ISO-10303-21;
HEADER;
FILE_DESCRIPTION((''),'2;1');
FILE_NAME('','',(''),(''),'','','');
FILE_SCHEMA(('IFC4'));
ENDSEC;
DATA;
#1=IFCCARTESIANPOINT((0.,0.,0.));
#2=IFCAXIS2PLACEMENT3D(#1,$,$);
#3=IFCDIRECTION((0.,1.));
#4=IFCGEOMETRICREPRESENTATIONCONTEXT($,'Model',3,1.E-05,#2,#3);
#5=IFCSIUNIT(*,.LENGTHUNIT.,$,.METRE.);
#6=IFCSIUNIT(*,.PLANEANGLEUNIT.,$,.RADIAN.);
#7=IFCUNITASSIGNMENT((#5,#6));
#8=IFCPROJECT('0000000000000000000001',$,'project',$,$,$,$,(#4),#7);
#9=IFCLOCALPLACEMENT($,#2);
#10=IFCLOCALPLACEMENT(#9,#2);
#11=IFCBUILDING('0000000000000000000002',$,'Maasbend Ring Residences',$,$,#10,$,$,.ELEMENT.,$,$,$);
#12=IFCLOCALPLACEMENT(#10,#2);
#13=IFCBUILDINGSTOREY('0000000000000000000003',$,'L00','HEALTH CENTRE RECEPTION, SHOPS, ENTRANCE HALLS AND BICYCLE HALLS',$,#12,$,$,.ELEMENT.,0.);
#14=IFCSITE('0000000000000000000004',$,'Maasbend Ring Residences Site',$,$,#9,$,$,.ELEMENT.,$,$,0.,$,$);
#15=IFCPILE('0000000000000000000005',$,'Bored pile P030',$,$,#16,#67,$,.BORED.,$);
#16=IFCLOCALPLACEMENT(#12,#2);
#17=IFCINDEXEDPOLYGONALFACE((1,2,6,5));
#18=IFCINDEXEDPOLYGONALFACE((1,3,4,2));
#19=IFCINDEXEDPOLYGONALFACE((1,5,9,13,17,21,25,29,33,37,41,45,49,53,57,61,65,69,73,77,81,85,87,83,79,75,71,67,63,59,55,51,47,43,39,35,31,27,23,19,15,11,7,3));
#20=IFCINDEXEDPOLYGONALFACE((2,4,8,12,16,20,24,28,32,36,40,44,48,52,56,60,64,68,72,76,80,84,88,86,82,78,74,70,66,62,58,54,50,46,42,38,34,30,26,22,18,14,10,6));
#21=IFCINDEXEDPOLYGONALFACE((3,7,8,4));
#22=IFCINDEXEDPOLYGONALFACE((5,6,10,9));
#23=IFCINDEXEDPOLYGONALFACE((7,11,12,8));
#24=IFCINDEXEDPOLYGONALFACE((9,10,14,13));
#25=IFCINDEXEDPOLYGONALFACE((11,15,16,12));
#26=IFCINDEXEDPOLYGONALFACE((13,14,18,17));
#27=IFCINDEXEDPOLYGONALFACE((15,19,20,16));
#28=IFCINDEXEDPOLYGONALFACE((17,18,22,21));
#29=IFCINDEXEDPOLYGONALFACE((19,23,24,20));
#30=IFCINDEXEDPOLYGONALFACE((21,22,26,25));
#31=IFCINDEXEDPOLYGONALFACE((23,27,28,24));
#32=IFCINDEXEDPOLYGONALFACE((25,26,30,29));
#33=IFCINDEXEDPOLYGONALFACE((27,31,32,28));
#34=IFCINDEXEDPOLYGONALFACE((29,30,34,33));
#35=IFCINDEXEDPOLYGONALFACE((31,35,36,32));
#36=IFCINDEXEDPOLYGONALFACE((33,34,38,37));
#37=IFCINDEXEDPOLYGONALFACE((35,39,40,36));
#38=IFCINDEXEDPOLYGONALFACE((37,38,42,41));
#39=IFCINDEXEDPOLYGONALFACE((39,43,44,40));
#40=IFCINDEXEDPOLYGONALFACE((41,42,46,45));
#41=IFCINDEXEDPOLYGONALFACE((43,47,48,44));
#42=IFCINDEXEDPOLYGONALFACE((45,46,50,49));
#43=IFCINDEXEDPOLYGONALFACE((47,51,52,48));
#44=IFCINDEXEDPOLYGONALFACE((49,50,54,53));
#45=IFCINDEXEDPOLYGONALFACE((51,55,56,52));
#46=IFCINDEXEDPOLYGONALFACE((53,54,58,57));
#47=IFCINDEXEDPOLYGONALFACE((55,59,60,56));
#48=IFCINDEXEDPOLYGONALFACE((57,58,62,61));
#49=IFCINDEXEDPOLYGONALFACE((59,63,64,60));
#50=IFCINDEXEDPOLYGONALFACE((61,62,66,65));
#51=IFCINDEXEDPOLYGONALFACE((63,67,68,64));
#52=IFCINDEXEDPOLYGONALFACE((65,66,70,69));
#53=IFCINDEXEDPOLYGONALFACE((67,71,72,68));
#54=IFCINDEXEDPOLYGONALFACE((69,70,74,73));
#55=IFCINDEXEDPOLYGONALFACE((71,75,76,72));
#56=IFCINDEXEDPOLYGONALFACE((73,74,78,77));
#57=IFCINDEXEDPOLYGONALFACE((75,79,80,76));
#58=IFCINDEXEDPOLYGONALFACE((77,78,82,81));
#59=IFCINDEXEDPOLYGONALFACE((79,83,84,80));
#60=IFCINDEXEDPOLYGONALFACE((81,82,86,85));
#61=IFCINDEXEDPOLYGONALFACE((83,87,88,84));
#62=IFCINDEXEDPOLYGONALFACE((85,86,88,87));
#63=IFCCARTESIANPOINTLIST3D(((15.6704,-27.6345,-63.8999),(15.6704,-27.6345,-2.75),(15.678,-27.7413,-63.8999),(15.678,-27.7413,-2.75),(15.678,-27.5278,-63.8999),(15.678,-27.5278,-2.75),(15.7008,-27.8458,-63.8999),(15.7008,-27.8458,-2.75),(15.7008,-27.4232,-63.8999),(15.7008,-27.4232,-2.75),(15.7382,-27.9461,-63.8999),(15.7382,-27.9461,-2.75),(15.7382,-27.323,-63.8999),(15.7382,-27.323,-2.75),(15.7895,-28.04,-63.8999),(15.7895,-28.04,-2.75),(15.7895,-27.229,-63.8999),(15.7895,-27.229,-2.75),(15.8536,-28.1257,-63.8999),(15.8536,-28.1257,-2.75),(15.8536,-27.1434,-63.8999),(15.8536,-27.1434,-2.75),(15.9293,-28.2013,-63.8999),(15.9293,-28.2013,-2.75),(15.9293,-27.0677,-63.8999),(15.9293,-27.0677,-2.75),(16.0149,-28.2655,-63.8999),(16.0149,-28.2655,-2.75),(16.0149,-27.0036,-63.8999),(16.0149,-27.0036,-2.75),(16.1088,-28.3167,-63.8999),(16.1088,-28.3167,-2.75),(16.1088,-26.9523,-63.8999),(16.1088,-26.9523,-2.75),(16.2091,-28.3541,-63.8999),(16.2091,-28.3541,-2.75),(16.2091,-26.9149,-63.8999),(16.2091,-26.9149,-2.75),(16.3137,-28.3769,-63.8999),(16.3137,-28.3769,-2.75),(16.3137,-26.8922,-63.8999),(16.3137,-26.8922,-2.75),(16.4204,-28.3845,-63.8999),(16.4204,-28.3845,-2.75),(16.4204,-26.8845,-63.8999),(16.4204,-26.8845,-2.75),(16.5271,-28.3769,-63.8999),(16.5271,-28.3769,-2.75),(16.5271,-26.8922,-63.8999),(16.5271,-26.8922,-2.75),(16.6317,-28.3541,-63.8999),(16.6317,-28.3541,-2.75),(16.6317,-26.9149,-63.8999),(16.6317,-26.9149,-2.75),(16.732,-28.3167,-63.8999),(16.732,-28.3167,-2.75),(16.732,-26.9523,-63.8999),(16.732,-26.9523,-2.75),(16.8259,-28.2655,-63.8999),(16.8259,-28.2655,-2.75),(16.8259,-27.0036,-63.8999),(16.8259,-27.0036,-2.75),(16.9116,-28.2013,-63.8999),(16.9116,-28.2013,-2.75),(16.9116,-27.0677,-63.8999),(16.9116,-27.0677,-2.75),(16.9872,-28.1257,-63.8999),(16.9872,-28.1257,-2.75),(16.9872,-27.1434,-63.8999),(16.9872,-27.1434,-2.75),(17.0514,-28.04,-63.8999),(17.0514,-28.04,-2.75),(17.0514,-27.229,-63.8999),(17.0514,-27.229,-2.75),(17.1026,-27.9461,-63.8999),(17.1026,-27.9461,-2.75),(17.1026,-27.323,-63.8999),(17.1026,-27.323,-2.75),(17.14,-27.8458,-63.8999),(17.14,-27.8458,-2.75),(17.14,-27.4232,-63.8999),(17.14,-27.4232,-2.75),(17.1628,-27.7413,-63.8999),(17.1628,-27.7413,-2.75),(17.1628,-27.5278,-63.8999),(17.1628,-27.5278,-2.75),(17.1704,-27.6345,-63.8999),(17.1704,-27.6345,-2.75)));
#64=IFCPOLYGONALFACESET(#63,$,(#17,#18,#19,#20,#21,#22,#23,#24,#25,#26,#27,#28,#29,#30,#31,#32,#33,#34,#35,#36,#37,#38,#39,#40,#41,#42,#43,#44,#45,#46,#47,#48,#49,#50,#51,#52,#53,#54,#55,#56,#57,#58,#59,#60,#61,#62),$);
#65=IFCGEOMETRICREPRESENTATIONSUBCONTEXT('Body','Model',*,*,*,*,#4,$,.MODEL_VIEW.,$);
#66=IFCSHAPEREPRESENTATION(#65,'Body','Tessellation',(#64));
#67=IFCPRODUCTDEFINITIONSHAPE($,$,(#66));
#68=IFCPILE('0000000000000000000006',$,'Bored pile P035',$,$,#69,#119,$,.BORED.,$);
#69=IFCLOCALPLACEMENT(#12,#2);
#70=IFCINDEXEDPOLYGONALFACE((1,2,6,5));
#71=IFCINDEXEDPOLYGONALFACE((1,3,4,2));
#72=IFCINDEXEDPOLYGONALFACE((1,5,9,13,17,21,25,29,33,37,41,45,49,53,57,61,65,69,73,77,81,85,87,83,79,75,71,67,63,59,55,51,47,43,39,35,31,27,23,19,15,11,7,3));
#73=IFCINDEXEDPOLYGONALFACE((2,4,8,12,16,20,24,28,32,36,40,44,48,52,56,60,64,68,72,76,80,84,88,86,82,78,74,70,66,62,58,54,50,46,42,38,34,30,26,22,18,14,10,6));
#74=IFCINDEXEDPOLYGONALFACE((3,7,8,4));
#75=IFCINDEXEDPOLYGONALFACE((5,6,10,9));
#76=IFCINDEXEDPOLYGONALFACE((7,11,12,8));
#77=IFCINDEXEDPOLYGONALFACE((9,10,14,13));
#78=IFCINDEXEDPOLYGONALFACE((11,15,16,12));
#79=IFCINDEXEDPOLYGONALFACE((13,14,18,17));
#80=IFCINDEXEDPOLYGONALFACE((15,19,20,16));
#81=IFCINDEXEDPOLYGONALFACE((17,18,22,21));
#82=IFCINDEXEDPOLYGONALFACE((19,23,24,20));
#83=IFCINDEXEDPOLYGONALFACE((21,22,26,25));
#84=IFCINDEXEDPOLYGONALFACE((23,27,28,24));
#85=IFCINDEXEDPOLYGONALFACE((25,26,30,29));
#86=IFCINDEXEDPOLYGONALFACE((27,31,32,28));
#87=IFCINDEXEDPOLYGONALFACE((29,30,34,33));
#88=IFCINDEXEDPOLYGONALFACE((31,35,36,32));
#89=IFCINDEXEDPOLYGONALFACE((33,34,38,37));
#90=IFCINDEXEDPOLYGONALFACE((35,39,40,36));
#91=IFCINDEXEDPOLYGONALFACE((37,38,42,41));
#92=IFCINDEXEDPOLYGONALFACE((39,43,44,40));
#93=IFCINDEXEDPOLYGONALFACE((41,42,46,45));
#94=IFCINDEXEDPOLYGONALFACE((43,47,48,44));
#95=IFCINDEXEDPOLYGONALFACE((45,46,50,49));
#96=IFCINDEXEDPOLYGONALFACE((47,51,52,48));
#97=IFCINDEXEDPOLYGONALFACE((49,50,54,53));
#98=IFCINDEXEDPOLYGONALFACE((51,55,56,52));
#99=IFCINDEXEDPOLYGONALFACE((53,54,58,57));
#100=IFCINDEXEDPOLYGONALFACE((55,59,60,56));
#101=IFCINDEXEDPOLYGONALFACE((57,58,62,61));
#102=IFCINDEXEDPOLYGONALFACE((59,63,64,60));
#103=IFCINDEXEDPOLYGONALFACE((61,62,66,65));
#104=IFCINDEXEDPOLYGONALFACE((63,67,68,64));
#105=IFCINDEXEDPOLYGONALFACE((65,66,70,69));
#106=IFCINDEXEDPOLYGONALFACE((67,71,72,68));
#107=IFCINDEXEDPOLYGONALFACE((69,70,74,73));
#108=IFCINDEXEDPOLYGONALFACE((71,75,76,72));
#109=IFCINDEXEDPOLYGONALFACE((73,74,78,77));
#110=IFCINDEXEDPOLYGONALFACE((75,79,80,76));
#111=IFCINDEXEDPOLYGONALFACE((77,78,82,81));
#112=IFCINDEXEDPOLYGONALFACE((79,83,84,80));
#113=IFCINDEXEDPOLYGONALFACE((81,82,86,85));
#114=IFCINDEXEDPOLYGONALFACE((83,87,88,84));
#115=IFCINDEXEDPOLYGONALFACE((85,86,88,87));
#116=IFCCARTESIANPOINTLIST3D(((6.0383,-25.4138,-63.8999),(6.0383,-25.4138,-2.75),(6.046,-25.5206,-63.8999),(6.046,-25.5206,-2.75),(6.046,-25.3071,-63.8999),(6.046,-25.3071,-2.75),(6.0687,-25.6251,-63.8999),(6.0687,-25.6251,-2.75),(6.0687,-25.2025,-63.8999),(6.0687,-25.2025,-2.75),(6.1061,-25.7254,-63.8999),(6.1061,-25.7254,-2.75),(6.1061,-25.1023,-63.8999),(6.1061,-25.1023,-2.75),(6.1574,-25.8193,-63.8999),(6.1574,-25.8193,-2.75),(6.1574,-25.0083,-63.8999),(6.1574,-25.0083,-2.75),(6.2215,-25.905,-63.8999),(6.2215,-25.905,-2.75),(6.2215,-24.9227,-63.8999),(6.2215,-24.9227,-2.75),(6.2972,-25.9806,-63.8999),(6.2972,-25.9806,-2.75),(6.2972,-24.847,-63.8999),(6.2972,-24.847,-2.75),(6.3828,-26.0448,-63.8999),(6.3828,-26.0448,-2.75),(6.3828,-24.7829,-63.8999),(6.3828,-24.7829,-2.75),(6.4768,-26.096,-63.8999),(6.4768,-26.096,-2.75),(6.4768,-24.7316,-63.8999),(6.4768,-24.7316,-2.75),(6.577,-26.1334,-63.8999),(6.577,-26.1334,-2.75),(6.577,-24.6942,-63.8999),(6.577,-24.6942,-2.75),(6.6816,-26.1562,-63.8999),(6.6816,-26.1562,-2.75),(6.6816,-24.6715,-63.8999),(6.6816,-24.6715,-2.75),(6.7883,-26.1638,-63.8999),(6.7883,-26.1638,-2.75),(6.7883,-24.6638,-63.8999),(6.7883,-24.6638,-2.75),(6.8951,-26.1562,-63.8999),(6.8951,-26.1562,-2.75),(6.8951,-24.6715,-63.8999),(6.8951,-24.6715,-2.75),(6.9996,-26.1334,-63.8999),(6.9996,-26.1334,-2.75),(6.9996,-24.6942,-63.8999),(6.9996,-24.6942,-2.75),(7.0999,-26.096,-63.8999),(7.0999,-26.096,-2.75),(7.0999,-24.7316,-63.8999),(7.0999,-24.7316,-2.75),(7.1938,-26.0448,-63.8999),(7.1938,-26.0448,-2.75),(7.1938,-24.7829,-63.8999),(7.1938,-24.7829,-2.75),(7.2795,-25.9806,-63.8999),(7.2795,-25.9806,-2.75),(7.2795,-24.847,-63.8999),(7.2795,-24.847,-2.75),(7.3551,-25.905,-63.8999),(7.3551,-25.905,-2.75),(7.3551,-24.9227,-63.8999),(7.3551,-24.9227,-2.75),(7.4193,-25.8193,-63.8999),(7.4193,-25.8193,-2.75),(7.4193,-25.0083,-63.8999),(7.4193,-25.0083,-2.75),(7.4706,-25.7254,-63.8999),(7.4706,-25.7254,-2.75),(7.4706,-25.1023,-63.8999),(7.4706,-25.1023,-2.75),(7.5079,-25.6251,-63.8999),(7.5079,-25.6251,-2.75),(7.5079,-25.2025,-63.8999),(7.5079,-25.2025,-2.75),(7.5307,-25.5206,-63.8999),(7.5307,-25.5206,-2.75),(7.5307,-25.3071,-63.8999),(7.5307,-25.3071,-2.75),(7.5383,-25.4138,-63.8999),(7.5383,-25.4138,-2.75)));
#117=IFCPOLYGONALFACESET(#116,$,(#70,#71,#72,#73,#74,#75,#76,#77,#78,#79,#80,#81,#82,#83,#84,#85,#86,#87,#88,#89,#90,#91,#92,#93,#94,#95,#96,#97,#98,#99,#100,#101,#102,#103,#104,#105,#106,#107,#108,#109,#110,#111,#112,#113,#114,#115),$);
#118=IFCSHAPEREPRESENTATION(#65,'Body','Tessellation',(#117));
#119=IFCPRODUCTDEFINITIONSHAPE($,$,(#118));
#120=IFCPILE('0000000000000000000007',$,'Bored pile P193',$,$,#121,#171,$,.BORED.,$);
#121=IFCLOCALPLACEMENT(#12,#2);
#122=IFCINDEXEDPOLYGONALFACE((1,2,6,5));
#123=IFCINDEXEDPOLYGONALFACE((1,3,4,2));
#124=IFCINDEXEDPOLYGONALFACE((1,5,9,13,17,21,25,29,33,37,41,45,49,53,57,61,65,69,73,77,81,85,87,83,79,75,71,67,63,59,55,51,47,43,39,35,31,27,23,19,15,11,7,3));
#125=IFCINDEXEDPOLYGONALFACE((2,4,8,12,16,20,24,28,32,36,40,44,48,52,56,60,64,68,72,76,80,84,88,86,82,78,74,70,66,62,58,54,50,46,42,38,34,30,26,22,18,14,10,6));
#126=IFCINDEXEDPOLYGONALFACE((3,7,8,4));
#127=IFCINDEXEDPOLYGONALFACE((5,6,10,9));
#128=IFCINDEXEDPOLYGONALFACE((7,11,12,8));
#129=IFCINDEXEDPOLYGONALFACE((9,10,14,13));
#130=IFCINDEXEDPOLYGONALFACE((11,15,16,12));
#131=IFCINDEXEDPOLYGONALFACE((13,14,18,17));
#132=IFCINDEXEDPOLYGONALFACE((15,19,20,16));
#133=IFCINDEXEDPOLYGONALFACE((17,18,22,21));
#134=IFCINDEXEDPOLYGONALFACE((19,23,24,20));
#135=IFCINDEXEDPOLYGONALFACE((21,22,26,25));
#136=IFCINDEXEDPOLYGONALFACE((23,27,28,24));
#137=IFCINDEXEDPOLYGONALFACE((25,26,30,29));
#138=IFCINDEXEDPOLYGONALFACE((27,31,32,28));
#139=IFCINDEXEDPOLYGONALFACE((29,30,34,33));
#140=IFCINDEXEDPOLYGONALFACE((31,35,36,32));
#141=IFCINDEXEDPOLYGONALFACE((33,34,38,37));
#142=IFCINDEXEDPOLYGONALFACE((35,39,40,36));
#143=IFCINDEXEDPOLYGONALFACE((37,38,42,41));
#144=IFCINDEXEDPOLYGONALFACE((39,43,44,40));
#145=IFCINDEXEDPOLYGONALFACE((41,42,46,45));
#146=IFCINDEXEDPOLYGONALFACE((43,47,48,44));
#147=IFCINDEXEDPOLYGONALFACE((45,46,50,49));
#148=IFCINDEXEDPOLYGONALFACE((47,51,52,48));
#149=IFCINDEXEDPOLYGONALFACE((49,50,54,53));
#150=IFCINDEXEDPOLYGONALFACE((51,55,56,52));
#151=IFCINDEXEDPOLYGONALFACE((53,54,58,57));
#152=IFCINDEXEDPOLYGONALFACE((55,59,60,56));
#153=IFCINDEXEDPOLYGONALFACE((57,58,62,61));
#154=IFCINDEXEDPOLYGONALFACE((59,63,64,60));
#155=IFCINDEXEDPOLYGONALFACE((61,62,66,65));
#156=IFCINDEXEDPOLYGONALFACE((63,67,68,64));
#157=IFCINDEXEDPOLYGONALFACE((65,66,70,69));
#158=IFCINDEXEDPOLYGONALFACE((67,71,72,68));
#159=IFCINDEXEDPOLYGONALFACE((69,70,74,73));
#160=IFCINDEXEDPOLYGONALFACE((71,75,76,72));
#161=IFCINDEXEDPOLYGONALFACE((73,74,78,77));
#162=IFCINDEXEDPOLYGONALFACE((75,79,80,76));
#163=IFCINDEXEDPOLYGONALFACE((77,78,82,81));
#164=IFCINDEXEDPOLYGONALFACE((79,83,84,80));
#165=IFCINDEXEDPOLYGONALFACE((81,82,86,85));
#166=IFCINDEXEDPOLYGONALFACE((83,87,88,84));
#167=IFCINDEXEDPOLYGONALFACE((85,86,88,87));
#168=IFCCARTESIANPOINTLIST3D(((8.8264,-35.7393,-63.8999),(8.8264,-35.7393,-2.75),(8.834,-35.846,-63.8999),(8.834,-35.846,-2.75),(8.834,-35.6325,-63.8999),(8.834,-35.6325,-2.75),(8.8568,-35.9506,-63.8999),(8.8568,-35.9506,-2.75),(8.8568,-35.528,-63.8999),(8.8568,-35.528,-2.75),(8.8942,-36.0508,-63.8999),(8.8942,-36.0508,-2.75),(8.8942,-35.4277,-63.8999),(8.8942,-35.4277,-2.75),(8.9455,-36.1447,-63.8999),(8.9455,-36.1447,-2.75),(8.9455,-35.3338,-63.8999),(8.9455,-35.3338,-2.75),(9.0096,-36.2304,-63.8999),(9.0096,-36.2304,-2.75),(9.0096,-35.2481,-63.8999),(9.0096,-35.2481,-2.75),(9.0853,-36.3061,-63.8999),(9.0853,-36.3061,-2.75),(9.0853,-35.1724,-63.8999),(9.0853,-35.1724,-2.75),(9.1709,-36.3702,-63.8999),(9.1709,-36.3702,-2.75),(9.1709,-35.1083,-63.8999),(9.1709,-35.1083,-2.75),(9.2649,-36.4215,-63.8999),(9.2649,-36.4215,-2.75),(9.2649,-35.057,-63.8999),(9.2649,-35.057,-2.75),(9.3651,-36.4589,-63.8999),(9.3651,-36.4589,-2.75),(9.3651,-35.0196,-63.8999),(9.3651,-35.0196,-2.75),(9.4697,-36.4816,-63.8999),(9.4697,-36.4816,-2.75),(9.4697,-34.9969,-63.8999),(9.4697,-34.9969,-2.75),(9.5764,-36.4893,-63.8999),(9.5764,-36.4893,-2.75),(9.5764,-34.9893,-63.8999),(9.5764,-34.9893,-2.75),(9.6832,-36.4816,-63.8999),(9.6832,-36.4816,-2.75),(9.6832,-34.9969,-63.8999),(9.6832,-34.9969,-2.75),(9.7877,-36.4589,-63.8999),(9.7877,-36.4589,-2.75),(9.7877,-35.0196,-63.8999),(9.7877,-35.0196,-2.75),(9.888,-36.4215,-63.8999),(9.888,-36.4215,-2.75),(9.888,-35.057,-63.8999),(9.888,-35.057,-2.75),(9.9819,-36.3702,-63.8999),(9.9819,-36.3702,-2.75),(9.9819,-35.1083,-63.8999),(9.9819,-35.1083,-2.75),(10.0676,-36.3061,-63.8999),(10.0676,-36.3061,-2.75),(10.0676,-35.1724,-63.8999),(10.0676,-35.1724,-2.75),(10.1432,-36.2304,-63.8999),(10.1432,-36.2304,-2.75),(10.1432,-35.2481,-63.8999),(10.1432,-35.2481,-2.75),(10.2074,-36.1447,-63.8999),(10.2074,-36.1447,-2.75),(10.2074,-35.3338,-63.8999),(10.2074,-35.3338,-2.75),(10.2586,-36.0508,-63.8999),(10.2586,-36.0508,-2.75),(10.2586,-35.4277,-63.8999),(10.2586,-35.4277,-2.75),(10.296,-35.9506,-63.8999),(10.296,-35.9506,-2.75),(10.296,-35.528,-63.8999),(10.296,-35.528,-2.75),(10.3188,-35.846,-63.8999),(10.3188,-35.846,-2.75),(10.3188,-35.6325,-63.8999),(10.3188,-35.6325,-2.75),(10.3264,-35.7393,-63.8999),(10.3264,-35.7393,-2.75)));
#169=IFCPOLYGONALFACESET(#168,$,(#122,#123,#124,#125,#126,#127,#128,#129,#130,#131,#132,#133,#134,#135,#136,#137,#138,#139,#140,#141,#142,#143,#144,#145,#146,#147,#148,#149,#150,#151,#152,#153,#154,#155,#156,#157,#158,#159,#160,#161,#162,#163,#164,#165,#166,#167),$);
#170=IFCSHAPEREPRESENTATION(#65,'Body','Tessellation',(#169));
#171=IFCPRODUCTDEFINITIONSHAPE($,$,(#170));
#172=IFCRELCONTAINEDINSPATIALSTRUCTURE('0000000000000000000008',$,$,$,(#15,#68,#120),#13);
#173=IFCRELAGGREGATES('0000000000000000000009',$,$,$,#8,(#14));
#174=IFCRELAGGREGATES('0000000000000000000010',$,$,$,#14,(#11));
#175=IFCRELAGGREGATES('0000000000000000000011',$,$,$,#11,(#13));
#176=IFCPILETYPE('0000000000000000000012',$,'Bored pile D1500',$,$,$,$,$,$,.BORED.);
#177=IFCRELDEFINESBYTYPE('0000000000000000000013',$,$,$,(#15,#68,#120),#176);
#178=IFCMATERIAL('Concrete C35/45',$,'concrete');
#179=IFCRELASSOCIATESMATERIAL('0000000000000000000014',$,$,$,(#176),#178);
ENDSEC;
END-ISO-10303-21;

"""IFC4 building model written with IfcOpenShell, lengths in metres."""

from ifc_helpers import new_model, si_unit, direction, frame, origin, origin_2d, place, context, subcontext, project, spatial, circle, extrude, material, material_profile, profile_set, type_object, element, save


model = new_model("IFC4")

# Units and contexts
model_context = context("Model", 3, precision=1e-05, world=origin(), true_north=direction((0.0, 1.0)))
body_context = subcontext(model_context, "Body", "Model", "MODEL_VIEW")
ifc_project = project(units=[si_unit("LENGTHUNIT", "METRE"), si_unit("PLANEANGLEUNIT", "RADIAN")], contexts=[model_context])

# Site, building, storey
site_placement = place(None, origin())
site = spatial("IfcSite", under=ifc_project, at=site_placement, Name="Maasbend Ring Residences Site", CompositionType="ELEMENT", RefElevation=0.0)
building_placement = place(site_placement, origin())
building = spatial("IfcBuilding", under=site, at=building_placement, Name="Maasbend Ring Residences", CompositionType="ELEMENT")
storey_placement = place(building_placement, origin())
storey = spatial("IfcBuildingStorey", under=building, at=storey_placement, Name="L00", Description="HEALTH CENTRE RECEPTION, SHOPS, ENTRANCE HALLS AND BICYCLE HALLS", CompositionType="ELEMENT", Elevation=0.0)

# Piles
ifc_material_1 = material(Name="Concrete C35/45", Category="concrete")
ifc_material_profile_1 = material_profile(ifc_material_1, circle(Radius=0.75, at=origin_2d()), Name="Bored pile D1500")
ifc_profile_set_1 = profile_set([ifc_material_profile_1], Name="Concrete C35/45")
pile_type = type_object("IfcPileType", Name="Bored pile D1500", PredefinedType="BORED", material=ifc_profile_set_1)
for number, where, z_axis, x_axis, name in (
    (1, (16.4204, -27.6345, -2.75), (0.0, 0.0, -1.0), (1.0, 0.0, 0.0), "Bored pile P030"),
    (2, (6.7883, -25.4138, -2.75), (0.0, 0.0, -1.0), (1.0, 0.0, 0.0), "Bored pile P035"),
    (3, (9.5764, -35.7393, -2.75), (0.0, 0.0, -1.0), (1.0, 0.0, 0.0), "Bored pile P193"),
):
    element("IfcPile", number, at=place(storey_placement, frame(where, z_axis=z_axis, x_axis=x_axis)), inside=storey, type_object=pile_type, Name=name, PredefinedType="BORED", context=body_context, shape_type="SweptSolid", body=[
        extrude(circle(Radius=0.75, at=origin_2d()), origin(), (0.0, 0.0, 1.0), 61.1499),
    ])

save(model, "model.ifc")
